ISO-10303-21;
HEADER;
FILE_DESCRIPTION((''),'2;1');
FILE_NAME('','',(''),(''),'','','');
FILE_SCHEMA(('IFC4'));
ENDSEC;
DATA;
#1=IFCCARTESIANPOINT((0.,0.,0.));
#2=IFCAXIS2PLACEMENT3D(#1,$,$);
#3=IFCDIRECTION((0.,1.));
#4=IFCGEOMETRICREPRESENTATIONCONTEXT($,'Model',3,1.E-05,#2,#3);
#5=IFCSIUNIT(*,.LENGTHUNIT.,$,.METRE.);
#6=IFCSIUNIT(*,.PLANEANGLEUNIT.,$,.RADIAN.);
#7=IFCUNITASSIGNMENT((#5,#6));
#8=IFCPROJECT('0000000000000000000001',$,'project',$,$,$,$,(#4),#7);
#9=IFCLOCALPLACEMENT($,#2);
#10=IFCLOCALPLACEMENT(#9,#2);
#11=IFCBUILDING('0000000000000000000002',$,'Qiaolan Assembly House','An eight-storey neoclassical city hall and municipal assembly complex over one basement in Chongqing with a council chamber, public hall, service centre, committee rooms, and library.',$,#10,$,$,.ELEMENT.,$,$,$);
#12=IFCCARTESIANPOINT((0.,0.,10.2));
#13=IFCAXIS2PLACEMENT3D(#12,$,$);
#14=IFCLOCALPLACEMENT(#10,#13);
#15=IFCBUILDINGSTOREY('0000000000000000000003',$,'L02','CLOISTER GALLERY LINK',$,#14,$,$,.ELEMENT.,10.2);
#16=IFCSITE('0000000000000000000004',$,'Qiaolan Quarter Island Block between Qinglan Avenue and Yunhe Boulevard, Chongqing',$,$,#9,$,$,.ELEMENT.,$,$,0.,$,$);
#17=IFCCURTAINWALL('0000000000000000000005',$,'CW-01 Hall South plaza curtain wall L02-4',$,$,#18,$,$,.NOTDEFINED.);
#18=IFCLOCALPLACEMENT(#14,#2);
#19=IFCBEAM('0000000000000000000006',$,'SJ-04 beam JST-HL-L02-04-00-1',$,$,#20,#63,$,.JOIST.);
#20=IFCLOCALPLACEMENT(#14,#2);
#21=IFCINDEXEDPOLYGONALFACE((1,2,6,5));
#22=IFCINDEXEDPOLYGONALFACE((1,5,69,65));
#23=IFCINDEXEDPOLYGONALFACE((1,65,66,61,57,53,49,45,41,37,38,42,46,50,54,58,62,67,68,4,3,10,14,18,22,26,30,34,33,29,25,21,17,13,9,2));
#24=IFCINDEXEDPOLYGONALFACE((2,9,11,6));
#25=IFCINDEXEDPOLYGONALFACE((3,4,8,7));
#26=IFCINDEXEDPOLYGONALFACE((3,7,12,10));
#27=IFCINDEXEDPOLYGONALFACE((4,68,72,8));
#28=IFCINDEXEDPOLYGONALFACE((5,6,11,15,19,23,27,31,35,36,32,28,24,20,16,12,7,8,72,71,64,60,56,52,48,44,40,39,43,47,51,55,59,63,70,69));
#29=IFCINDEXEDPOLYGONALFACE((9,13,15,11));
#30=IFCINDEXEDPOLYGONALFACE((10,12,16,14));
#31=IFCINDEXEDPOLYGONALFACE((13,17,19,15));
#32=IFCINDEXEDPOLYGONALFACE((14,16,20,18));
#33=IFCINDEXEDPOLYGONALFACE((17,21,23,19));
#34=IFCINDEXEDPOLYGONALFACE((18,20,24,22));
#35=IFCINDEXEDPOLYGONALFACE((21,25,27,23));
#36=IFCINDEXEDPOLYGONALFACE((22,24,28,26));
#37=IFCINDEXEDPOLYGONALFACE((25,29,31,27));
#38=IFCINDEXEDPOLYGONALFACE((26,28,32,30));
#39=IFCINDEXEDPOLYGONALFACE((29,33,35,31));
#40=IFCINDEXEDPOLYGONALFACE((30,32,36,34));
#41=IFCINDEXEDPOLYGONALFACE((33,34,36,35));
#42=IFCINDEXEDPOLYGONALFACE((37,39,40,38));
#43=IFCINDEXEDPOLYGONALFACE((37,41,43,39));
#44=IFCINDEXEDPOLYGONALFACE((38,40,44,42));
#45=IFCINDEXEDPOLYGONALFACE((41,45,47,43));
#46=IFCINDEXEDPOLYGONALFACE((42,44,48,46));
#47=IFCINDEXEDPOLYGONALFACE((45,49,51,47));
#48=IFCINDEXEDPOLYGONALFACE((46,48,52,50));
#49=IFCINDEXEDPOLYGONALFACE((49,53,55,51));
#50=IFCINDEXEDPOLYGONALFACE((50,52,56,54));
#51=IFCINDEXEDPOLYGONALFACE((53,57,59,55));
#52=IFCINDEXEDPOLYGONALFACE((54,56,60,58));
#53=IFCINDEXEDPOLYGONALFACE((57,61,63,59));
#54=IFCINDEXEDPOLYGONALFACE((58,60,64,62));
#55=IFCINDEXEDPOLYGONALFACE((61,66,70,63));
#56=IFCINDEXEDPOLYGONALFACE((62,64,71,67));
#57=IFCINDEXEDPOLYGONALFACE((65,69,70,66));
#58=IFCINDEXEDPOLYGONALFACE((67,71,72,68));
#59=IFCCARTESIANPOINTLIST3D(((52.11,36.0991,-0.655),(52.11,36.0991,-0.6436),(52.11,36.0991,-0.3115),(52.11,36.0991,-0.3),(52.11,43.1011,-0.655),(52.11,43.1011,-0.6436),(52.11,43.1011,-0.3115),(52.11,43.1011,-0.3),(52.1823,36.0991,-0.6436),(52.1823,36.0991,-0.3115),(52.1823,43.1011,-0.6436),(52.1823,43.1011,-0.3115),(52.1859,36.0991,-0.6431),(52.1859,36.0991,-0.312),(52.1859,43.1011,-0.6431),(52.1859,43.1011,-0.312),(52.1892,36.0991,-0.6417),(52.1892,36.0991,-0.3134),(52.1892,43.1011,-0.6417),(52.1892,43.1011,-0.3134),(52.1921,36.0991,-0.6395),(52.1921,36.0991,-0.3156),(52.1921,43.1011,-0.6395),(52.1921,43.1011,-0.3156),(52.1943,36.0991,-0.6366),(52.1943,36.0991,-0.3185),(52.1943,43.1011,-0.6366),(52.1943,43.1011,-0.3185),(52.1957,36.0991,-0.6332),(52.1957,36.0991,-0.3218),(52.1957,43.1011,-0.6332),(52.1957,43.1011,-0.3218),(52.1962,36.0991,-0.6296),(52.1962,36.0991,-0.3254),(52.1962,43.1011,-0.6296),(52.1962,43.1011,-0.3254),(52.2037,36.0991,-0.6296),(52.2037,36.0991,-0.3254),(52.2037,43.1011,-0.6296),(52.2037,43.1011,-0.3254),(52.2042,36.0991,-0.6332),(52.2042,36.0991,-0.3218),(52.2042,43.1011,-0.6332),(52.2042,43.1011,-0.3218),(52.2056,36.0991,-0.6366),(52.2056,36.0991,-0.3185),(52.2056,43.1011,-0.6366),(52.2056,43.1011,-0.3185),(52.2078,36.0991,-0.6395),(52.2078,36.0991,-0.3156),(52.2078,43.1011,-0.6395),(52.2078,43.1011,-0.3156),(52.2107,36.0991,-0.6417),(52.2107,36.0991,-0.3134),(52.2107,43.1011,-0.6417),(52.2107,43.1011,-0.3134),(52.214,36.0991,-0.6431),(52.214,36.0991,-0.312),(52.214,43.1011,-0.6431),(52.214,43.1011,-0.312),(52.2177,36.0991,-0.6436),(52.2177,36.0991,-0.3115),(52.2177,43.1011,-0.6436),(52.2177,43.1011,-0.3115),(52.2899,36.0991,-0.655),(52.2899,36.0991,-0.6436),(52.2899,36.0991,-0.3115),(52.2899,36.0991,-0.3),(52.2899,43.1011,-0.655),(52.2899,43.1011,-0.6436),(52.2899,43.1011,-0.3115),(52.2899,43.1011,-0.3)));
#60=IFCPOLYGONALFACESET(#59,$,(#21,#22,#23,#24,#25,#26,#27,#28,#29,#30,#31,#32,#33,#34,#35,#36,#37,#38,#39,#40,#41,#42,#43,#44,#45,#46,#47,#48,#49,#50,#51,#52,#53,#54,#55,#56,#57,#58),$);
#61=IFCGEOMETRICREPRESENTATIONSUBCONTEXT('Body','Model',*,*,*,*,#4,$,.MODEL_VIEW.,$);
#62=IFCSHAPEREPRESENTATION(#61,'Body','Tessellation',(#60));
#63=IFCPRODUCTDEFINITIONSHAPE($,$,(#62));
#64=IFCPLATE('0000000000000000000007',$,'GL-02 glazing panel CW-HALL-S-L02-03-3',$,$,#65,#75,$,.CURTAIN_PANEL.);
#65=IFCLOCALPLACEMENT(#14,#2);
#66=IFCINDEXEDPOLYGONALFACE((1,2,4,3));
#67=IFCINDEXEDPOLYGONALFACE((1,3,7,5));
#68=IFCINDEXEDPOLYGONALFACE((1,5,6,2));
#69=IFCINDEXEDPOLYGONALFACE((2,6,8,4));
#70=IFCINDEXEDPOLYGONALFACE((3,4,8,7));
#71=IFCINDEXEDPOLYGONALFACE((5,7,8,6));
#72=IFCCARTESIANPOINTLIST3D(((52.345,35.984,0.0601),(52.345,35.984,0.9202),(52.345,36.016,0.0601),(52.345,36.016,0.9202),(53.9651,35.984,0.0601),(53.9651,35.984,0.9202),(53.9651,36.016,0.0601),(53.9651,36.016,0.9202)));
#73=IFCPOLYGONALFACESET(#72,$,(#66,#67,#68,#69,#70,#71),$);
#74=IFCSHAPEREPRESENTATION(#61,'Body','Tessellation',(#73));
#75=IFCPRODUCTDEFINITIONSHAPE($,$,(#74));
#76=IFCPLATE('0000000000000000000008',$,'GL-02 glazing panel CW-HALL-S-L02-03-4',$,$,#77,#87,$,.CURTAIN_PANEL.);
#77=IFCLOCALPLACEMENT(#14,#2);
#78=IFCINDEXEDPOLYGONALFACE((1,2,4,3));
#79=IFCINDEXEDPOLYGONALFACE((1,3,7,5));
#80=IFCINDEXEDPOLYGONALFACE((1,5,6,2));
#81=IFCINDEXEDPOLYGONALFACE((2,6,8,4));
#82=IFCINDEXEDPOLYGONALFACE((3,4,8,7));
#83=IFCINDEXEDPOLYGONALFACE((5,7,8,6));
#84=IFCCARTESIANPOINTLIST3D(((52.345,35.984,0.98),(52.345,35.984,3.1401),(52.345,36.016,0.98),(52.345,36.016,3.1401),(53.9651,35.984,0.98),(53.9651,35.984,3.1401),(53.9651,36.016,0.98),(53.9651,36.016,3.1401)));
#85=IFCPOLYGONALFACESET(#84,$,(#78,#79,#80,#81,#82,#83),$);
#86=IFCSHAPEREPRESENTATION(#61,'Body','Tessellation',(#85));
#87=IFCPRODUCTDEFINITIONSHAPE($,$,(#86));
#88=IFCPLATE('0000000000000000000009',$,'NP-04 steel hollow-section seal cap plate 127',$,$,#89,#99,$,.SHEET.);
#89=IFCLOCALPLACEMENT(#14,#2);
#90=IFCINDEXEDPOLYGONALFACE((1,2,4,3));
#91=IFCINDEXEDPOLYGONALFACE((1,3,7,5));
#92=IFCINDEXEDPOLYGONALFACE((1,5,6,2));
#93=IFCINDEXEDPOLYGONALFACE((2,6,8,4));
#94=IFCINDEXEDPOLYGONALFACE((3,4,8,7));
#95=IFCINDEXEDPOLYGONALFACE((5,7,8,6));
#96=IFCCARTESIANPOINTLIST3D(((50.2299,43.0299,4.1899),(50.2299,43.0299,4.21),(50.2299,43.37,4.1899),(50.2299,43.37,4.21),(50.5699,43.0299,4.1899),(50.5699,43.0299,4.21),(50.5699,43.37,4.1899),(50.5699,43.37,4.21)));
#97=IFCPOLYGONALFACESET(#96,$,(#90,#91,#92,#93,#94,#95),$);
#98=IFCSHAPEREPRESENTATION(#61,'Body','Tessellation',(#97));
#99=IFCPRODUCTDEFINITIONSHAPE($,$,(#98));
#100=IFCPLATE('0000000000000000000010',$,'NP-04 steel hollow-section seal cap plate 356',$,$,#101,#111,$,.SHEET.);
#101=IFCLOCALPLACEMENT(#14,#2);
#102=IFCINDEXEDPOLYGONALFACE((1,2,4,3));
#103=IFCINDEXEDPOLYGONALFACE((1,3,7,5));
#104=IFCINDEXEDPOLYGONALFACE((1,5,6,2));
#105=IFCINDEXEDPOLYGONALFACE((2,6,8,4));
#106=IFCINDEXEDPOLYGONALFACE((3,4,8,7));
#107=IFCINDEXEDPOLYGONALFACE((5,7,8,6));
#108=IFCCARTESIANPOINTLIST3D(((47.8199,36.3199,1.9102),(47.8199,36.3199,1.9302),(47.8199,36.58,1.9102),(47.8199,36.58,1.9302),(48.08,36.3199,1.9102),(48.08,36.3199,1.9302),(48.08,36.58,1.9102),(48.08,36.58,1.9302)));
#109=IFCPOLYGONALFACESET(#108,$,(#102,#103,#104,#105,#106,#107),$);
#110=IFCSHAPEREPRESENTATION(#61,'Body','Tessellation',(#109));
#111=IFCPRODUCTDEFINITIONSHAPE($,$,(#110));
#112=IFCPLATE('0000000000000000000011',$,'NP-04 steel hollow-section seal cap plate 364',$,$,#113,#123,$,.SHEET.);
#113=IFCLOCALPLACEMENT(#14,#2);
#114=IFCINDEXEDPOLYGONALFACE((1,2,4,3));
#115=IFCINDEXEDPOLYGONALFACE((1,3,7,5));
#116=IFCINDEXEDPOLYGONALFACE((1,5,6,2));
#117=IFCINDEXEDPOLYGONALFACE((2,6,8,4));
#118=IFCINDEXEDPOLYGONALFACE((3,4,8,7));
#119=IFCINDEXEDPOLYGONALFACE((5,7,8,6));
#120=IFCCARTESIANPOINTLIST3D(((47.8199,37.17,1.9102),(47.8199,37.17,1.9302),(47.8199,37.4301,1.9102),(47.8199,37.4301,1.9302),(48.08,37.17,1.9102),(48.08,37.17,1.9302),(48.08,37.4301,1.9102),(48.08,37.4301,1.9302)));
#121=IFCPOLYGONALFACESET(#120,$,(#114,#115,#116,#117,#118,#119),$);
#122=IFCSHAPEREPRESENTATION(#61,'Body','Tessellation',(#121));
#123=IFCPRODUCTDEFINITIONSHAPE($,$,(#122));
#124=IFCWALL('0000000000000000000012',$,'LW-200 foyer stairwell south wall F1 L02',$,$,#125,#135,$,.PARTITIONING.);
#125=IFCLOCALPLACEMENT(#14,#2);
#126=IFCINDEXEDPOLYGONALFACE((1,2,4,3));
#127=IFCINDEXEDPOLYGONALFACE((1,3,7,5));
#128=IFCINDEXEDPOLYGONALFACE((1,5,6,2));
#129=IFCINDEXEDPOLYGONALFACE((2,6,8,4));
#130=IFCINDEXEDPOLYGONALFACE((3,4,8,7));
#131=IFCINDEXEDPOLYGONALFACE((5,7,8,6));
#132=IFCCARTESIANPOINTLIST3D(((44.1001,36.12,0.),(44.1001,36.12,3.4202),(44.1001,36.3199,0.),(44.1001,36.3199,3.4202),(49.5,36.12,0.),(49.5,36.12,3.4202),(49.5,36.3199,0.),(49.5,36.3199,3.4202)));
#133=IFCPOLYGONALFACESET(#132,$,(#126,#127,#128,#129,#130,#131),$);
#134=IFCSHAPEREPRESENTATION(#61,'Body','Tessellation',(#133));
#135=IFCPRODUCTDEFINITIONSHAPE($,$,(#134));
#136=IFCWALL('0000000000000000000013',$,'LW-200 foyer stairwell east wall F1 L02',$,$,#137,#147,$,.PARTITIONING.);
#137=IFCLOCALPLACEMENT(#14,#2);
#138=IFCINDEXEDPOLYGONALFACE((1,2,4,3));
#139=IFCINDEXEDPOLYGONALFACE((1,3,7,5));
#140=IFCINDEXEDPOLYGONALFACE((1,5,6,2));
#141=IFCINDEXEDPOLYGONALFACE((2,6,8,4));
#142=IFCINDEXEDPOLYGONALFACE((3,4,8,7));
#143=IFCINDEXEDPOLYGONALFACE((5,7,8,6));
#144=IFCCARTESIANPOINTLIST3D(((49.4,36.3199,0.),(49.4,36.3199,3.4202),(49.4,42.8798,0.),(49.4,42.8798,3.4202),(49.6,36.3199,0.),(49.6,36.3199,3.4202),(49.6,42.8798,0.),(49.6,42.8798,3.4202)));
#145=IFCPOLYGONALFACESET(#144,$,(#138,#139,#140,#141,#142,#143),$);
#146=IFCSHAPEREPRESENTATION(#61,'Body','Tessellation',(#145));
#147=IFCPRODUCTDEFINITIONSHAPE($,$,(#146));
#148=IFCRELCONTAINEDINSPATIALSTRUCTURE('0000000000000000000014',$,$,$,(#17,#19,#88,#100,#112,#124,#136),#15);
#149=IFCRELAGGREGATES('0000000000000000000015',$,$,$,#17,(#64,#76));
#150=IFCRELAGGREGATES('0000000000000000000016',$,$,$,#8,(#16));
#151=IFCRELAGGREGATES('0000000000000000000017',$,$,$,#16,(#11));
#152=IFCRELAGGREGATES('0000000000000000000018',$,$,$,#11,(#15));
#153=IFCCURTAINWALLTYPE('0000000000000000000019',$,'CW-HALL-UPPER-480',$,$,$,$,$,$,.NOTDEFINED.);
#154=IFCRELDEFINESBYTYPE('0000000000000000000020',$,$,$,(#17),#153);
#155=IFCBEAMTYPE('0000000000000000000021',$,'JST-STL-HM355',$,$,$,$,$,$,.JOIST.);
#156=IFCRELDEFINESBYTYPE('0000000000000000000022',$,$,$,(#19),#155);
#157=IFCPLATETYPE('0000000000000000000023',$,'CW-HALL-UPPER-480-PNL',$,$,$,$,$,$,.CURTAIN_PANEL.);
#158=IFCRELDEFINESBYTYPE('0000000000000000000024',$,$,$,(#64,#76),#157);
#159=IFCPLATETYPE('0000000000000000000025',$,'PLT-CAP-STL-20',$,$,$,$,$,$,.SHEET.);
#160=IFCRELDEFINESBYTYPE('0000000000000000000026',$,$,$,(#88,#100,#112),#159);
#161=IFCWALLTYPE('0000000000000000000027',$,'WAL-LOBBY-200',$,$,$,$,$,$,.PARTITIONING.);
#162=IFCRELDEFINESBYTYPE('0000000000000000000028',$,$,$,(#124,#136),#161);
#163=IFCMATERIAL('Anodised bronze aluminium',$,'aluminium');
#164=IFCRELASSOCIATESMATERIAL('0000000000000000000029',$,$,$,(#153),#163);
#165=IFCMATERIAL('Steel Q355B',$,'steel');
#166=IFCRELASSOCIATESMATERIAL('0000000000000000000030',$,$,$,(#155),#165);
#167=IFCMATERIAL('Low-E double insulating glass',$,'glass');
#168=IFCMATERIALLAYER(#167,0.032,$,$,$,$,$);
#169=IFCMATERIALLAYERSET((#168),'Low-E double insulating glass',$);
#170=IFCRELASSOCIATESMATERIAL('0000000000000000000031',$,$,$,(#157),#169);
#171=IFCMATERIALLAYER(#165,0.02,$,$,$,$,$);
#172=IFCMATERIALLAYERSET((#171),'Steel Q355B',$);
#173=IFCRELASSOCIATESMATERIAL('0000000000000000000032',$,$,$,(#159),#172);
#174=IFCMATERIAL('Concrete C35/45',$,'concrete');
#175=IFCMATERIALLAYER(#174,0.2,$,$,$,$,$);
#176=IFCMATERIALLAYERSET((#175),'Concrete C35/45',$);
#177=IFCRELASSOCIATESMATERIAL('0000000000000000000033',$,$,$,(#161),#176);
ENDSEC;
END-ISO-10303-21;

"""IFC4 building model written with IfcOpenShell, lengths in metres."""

from ifc_helpers import new_model, si_unit, direction, frame, frame_2d, origin, origin_2d, place, context, subcontext, project, spatial, rectangle, i_section, extrude, material, layer, layer_set, material_profile, profile_set, type_object, element, aggregate, save


model = new_model("IFC4")

# Units and contexts
model_context = context("Model", 3, precision=1e-05, world=origin(), true_north=direction((0.0, 1.0)))
body_context = subcontext(model_context, "Body", "Model", "MODEL_VIEW")
ifc_project = project(units=[si_unit("LENGTHUNIT", "METRE"), si_unit("PLANEANGLEUNIT", "RADIAN")], contexts=[model_context])

# Site, building, storey
site_placement = place(None, origin())
site = spatial("IfcSite", under=ifc_project, at=site_placement, Name="Qiaolan Quarter Island Block between Qinglan Avenue and Yunhe Boulevard, Chongqing", CompositionType="ELEMENT", RefElevation=0.0)
building_placement = place(site_placement, origin())
building = spatial("IfcBuilding", under=site, at=building_placement, Name="Qiaolan Assembly House", Description="An eight-storey neoclassical city hall and municipal assembly complex over one basement in Chongqing with a council chamber, public hall, service centre, committee rooms, and library.", CompositionType="ELEMENT")
storey_placement = place(building_placement, frame((0.0, 0.0, 10.2)))
storey = spatial("IfcBuildingStorey", under=building, at=storey_placement, Name="L02", Description="CLOISTER GALLERY LINK", CompositionType="ELEMENT", Elevation=10.2)

# Shared definitions
ifc_material_1 = material(Name="Steel Q355B", Category="steel")

# Curtain wall
ifc_material_2 = material(Name="Anodised bronze aluminium", Category="aluminium")
curtain_wall_type = type_object("IfcCurtainWallType", Name="CW-HALL-UPPER-480", PredefinedType="NOTDEFINED", material=ifc_material_2)
curtain_wall_placement = place(storey_placement, origin())
curtain_wall = element("IfcCurtainWall", 1, at=curtain_wall_placement, inside=storey, type_object=curtain_wall_type, Name="CW-01 Hall South plaza curtain wall L02-4", PredefinedType="NOTDEFINED")

# Beam
ifc_material_profile_1 = material_profile(ifc_material_1, i_section(OverallWidth=0.1799, OverallDepth=0.355, WebThickness=0.0076, FlangeThickness=0.0115, FilletRadius=0.0139, at=origin_2d()), Name="HM 355x180x7.5x11.5")
ifc_profile_set_1 = profile_set([ifc_material_profile_1], Name="Steel Q355B")
beam_type_1 = type_object("IfcBeamType", Name="JST-STL-HM355", PredefinedType="JOIST", material=ifc_profile_set_1)
for number, where, z_axis, x_axis, name in (
    (2, (52.2, 36.0991, -0.4775), (0.0, 1.0, 0.0), (-1.0, 0.0, 0.0), "SJ-04 beam JST-HL-L02-04-00-1"),
):
    element("IfcBeam", number, at=place(storey_placement, frame(where, z_axis=z_axis, x_axis=x_axis)), inside=storey, type_object=beam_type_1, Name=name, PredefinedType="JOIST", context=body_context, shape_type="SweptSolid", body=[
        extrude(i_section(OverallWidth=0.1799, OverallDepth=0.355, WebThickness=0.0076, FlangeThickness=0.0115, FilletRadius=0.0139, at=origin_2d()), origin(), (0.0, 0.0, 1.0), 7.002),
    ])

# Plates
ifc_material_3 = material(Name="Low-E double insulating glass", Category="glass")
ifc_layer_1 = layer(ifc_material_3, 0.032)
ifc_layer_set_1 = layer_set([ifc_layer_1], Name="Low-E double insulating glass")
plate_type_1 = type_object("IfcPlateType", Name="CW-HALL-UPPER-480-PNL", PredefinedType="CURTAIN_PANEL", material=ifc_layer_set_1)
plate_1_placement = place(storey_placement, frame((52.345, 36.0, 0.0601), z_axis=(0.0, 0.0, 1.0), x_axis=(1.0, 0.0, 0.0)))
plate_1 = element("IfcPlate", 3, at=plate_1_placement, type_object=plate_type_1, Name="GL-02 glazing panel CW-HALL-S-L02-03-3", PredefinedType="CURTAIN_PANEL", context=body_context, shape_type="SweptSolid", body=[
    extrude(rectangle(XDim=1.6201, YDim=0.032, at=frame_2d((0.8101, 0.0))), origin(), (0.0, 0.0, 1.0), 0.8601),
])
plate_2_placement = place(storey_placement, frame((52.345, 36.0, 0.98), z_axis=(0.0, 0.0, 1.0), x_axis=(1.0, 0.0, 0.0)))
plate_2 = element("IfcPlate", 4, at=plate_2_placement, type_object=plate_type_1, Name="GL-02 glazing panel CW-HALL-S-L02-03-4", PredefinedType="CURTAIN_PANEL", context=body_context, shape_type="SweptSolid", body=[
    extrude(rectangle(XDim=1.6201, YDim=0.032, at=frame_2d((0.8101, 0.0))), origin(), (0.0, 0.0, 1.0), 2.1602),
])
aggregate(curtain_wall, [plate_1, plate_2])

# Plates
ifc_layer_2 = layer(ifc_material_1, 0.02)
ifc_layer_set_2 = layer_set([ifc_layer_2], Name="Steel Q355B")
plate_type_2 = type_object("IfcPlateType", Name="PLT-CAP-STL-20", PredefinedType="SHEET", material=ifc_layer_set_2)
plate_3_placement = place(storey_placement, frame((50.3999, 43.2, 4.1899), z_axis=(0.0, 0.0, 1.0), x_axis=(1.0, 0.0, 0.0)))
element("IfcPlate", 5, at=plate_3_placement, inside=storey, type_object=plate_type_2, Name="NP-04 steel hollow-section seal cap plate 127", PredefinedType="SHEET", context=body_context, shape_type="SweptSolid", body=[
    extrude(rectangle(XDim=0.3401, YDim=0.3401, at=origin_2d()), origin(), (0.0, 0.0, 1.0), 0.02),
])
for number, where, z_axis, x_axis, name in (
    (6, (47.95, 36.45, 1.9102), (0.0, 0.0, 1.0), (1.0, 0.0, 0.0), "NP-04 steel hollow-section seal cap plate 356"),
    (7, (47.95, 37.3, 1.9102), (0.0, 0.0, 1.0), (1.0, 0.0, 0.0), "NP-04 steel hollow-section seal cap plate 364"),
):
    element("IfcPlate", number, at=place(storey_placement, frame(where, z_axis=z_axis, x_axis=x_axis)), inside=storey, type_object=plate_type_2, Name=name, PredefinedType="SHEET", context=body_context, shape_type="SweptSolid", body=[
        extrude(rectangle(XDim=0.26, YDim=0.26, at=origin_2d()), origin(), (0.0, 0.0, 1.0), 0.02),
    ])

# Walls
ifc_material_4 = material(Name="Concrete C35/45", Category="concrete")
ifc_layer_3 = layer(ifc_material_4, 0.2)
ifc_layer_set_3 = layer_set([ifc_layer_3], Name="Concrete C35/45")
wall_type = type_object("IfcWallType", Name="WAL-LOBBY-200", PredefinedType="PARTITIONING", material=ifc_layer_set_3)
wall_1_placement = place(storey_placement, frame((49.5, 36.22, 0.0), z_axis=(0.0, 0.0, 1.0), x_axis=(-1.0, 0.0, 0.0)))
element("IfcWall", 8, at=wall_1_placement, inside=storey, type_object=wall_type, Name="LW-200 foyer stairwell south wall F1 L02", PredefinedType="PARTITIONING", context=body_context, shape_type="SweptSolid", body=[
    extrude(rectangle(XDim=5.3999, YDim=0.2, at=frame_2d((2.7, 0.0))), origin(), (0.0, 0.0, 1.0), 3.4202),
])
wall_2_placement = place(storey_placement, frame((49.5, 36.3201, 0.0), z_axis=(0.0, 0.0, 1.0), x_axis=(0.0, 1.0, 0.0)))
element("IfcWall", 9, at=wall_2_placement, inside=storey, type_object=wall_type, Name="LW-200 foyer stairwell east wall F1 L02", PredefinedType="PARTITIONING", context=body_context, shape_type="SweptSolid", body=[
    extrude(rectangle(XDim=6.5598, YDim=0.2, at=frame_2d((3.2798, 0.0))), origin(), (0.0, 0.0, 1.0), 3.4202),
])

save(model, "model.ifc")
